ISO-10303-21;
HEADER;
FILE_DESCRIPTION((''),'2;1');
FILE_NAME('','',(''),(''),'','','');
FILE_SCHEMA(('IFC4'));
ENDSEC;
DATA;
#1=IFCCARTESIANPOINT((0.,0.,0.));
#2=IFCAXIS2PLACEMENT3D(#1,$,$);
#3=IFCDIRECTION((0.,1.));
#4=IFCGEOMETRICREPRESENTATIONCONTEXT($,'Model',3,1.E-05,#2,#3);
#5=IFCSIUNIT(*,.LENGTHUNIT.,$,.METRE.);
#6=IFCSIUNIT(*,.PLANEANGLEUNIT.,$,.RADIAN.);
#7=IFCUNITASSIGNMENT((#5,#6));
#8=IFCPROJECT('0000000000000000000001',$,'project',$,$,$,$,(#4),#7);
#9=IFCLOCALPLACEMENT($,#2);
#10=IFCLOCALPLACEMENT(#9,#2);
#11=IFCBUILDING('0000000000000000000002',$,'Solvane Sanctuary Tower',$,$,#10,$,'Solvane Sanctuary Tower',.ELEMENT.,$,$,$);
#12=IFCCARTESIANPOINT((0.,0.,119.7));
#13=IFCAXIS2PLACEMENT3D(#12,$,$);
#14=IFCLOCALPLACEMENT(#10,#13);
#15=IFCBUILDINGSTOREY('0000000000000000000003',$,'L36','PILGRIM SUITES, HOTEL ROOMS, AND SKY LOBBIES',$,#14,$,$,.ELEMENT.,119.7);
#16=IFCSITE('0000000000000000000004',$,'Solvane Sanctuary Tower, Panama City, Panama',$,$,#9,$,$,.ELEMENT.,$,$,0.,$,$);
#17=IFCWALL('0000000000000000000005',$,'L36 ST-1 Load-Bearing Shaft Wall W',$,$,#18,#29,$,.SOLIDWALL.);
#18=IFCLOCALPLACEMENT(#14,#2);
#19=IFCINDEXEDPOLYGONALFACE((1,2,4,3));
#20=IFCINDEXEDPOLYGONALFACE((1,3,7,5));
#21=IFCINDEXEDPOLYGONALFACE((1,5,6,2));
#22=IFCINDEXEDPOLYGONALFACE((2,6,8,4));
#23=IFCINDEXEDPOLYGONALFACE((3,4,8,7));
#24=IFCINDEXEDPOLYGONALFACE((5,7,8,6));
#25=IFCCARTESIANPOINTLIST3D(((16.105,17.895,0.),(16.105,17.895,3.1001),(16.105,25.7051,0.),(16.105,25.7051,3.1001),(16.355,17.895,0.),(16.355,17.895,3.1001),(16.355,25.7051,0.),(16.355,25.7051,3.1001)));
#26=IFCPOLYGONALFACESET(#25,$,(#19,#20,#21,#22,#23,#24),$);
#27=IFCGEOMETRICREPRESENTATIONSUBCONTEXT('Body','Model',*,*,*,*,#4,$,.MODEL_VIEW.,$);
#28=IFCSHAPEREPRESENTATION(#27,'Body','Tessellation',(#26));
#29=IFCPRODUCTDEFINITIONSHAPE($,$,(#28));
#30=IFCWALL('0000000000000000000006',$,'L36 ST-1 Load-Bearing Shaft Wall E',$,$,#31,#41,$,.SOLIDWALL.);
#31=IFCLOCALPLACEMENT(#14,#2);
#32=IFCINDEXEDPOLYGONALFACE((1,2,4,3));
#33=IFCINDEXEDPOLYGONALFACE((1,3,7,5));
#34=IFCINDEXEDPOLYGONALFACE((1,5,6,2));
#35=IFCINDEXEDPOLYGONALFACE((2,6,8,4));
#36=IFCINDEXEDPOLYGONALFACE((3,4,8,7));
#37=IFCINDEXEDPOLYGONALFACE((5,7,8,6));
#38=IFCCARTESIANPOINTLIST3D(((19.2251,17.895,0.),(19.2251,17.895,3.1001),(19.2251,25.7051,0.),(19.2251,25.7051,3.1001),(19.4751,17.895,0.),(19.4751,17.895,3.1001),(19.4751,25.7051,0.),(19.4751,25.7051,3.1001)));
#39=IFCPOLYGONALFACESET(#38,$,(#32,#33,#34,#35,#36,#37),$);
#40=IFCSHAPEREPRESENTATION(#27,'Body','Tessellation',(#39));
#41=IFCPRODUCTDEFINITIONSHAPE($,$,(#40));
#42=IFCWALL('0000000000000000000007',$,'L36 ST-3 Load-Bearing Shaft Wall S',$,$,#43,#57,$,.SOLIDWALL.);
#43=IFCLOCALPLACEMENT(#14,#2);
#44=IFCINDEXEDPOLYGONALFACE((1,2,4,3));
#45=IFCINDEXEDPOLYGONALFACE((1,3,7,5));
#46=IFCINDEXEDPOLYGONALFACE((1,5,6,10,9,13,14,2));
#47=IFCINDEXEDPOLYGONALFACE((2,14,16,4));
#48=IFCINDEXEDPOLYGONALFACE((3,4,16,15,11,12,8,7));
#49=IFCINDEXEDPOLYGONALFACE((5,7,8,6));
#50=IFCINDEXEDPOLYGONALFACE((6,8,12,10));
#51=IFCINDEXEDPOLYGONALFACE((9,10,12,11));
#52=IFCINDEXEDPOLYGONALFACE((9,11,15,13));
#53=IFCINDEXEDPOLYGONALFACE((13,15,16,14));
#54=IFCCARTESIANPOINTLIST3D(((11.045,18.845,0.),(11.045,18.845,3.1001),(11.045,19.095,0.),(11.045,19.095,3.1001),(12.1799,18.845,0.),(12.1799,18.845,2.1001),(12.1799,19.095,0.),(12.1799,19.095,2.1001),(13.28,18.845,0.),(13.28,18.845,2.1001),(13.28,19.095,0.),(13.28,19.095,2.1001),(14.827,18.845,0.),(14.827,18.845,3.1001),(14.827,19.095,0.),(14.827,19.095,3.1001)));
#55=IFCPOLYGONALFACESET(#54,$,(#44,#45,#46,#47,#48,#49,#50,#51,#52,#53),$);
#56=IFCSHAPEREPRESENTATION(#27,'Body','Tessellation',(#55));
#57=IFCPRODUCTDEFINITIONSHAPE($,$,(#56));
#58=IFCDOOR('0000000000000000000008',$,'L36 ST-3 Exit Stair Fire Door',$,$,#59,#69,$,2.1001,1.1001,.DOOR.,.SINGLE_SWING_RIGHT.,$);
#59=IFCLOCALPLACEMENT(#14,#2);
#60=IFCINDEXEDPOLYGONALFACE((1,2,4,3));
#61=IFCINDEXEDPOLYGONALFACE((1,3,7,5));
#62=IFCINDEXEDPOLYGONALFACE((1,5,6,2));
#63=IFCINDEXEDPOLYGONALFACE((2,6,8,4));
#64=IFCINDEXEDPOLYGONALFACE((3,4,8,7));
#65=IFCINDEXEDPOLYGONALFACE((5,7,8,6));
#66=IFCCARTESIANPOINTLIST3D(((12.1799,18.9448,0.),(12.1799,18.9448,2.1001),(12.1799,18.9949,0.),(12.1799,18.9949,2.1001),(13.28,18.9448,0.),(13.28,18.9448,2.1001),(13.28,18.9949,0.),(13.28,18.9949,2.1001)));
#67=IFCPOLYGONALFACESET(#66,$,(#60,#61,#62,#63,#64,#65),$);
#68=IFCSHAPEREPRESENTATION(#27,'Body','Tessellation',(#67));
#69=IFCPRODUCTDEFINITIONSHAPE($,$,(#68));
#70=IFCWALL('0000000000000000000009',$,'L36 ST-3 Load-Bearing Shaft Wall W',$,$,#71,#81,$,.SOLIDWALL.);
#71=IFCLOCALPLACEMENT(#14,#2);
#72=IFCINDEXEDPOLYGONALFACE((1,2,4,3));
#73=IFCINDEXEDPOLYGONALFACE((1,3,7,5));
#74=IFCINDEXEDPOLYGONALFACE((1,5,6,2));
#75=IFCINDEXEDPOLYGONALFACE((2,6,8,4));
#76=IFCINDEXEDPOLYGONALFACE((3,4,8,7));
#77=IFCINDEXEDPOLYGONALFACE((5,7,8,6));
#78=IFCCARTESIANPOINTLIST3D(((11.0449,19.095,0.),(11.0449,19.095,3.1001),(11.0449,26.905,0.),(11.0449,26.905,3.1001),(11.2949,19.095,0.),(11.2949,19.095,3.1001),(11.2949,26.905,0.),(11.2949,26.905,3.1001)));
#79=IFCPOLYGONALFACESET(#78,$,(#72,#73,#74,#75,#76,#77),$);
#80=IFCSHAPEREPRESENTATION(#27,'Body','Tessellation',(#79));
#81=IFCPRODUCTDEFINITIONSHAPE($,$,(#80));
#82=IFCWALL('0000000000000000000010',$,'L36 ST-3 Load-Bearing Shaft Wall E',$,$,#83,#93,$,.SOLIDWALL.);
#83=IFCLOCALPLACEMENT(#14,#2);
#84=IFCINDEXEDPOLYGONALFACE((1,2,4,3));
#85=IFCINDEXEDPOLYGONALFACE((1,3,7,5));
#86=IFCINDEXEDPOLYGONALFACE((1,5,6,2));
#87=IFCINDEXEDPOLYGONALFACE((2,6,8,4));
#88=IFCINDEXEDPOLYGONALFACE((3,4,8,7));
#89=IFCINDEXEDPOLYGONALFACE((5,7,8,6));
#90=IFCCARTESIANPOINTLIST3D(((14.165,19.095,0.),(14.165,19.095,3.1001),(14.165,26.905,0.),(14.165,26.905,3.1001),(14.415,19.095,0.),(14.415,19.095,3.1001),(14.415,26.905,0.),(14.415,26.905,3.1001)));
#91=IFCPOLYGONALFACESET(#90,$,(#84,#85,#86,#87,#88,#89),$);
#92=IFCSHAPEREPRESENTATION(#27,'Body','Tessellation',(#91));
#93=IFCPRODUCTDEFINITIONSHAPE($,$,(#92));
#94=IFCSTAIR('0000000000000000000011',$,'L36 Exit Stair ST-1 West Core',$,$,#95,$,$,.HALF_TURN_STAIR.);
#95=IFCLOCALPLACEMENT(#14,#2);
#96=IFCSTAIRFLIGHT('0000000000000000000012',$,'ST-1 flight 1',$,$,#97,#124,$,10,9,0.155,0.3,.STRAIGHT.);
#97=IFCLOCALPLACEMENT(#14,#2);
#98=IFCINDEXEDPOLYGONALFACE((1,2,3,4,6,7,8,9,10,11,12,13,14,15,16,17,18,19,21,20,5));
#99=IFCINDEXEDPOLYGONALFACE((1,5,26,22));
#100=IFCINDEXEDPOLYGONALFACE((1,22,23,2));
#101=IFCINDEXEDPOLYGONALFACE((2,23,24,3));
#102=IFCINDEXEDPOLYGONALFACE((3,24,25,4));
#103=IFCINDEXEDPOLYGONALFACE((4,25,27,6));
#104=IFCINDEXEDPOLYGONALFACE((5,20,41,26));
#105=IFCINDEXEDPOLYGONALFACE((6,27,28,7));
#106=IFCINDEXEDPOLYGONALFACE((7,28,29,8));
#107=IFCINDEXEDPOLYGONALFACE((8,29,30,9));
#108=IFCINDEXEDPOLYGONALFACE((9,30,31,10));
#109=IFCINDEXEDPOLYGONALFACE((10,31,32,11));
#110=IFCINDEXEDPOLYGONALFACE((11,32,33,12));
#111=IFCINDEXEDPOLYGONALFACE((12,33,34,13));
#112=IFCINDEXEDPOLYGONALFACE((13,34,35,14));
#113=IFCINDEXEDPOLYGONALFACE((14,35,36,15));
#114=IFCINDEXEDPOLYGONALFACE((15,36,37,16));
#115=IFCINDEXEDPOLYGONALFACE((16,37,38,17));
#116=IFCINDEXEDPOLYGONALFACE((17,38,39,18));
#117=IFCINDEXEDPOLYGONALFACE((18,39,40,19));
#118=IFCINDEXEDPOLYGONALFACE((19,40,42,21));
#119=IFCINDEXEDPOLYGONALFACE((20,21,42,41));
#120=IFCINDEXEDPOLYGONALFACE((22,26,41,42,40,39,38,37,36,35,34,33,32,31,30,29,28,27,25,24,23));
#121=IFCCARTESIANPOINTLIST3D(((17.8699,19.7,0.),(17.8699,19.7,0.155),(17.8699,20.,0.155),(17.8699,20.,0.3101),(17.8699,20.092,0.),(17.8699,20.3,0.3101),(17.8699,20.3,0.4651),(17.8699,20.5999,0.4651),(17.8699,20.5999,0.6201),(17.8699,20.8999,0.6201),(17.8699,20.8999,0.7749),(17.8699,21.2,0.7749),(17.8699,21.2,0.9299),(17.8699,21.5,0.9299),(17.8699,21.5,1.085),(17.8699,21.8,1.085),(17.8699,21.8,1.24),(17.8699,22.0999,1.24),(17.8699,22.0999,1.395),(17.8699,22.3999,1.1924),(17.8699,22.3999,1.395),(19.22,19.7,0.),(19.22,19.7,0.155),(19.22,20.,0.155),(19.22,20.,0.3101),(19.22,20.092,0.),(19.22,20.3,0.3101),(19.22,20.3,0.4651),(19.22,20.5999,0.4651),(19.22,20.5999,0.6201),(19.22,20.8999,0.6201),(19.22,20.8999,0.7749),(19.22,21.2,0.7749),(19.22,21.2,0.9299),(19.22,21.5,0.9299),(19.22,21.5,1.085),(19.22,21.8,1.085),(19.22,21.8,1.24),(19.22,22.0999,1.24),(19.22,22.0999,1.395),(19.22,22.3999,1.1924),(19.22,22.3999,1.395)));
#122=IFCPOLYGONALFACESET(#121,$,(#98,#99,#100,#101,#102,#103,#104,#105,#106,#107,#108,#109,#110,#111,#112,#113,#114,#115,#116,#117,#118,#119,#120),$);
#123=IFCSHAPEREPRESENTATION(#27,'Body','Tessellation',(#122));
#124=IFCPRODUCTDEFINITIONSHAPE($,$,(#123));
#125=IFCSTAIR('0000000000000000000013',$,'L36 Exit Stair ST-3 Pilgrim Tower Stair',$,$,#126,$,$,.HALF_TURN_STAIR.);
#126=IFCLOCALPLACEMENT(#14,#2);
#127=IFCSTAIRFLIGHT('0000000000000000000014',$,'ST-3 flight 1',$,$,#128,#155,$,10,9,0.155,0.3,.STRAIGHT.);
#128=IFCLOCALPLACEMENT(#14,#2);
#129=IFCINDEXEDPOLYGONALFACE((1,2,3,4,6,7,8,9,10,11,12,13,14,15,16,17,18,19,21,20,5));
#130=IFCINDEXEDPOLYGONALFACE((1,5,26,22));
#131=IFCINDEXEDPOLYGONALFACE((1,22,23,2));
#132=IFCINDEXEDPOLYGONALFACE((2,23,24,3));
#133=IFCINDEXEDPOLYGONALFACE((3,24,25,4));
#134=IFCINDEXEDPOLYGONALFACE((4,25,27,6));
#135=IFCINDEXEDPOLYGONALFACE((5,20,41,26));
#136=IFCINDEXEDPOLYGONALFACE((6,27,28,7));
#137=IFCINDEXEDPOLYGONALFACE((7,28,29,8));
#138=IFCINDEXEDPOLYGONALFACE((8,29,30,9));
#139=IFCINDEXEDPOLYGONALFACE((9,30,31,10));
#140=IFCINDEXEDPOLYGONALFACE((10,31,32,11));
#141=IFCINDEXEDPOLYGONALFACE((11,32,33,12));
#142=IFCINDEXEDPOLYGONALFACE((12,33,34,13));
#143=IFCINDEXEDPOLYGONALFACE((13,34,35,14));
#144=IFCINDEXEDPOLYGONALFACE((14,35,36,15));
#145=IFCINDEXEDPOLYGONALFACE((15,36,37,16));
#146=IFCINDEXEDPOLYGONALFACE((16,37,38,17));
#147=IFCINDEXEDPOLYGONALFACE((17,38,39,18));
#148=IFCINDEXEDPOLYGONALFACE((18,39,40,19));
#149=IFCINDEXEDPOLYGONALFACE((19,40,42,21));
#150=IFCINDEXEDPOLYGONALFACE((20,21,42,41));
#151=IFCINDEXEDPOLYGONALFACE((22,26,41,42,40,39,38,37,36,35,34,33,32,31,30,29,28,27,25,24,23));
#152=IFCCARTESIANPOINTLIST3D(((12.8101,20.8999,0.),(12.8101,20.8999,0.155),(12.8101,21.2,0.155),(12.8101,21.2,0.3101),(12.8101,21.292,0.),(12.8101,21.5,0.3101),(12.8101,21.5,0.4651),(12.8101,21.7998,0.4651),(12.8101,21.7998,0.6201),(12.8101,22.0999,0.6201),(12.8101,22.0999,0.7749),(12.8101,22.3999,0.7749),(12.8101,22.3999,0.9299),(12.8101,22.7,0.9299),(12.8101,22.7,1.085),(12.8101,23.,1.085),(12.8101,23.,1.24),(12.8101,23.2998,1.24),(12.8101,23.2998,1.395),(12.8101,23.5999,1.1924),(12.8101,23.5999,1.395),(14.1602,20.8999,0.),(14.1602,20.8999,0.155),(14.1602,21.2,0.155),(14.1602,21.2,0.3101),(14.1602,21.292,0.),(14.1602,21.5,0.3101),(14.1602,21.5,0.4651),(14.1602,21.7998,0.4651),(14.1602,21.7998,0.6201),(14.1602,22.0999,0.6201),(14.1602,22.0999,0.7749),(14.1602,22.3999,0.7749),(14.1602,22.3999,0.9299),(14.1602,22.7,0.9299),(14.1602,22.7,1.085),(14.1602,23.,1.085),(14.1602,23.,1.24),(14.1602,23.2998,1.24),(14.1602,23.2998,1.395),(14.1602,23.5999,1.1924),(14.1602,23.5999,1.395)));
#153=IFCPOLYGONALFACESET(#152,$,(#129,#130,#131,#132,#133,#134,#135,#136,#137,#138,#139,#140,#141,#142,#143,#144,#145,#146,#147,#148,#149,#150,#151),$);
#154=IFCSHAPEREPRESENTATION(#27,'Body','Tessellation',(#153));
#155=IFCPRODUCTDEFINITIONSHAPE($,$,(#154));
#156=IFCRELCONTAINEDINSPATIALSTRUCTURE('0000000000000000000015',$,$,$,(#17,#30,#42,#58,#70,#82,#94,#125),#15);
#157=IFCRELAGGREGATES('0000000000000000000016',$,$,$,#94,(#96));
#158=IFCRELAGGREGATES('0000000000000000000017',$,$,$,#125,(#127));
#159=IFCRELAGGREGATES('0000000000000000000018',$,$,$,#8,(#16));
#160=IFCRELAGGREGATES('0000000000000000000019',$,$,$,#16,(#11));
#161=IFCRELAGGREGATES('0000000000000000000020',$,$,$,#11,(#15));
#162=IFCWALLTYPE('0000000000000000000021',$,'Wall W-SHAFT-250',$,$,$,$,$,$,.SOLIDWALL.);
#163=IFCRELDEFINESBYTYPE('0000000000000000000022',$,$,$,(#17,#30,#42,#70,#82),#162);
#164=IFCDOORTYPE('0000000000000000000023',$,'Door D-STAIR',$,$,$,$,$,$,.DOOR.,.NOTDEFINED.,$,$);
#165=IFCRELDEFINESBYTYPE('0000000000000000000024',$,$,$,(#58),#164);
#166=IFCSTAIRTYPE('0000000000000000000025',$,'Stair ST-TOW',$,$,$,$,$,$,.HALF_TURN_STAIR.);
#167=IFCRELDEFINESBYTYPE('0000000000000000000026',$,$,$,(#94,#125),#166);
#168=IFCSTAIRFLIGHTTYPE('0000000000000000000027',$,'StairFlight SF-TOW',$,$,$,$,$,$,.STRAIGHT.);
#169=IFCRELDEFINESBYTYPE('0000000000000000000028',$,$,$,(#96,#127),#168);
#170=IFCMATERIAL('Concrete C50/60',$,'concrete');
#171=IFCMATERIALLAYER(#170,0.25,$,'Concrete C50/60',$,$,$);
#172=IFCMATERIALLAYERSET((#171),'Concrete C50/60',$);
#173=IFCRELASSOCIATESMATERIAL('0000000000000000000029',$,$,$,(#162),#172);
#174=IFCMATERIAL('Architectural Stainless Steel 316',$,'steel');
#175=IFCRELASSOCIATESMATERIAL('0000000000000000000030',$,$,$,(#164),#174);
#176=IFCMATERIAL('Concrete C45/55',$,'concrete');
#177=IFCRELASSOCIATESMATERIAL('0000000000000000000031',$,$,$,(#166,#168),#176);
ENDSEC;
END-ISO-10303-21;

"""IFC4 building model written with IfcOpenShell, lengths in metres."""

from ifc_helpers import new_model, si_unit, direction, frame, frame_2d, origin, place, context, subcontext, project, spatial, polyline, rectangle, outline, extrude, material, layer, layer_set, type_object, element, fill, aggregate, save


model = new_model("IFC4")

# Units and contexts
model_context = context("Model", 3, precision=1e-05, world=origin(), true_north=direction((0.0, 1.0)))
body_context = subcontext(model_context, "Body", "Model", "MODEL_VIEW")
ifc_project = project(units=[si_unit("LENGTHUNIT", "METRE"), si_unit("PLANEANGLEUNIT", "RADIAN")], contexts=[model_context])

# Site, building, storey
site_placement = place(None, origin())
site = spatial("IfcSite", under=ifc_project, at=site_placement, Name="Solvane Sanctuary Tower, Panama City, Panama", CompositionType="ELEMENT", RefElevation=0.0)
building_placement = place(site_placement, origin())
building = spatial("IfcBuilding", under=site, at=building_placement, Name="Solvane Sanctuary Tower", LongName="Solvane Sanctuary Tower", CompositionType="ELEMENT")
storey_placement = place(building_placement, frame((0.0, 0.0, 119.7)))
storey = spatial("IfcBuildingStorey", under=building, at=storey_placement, Name="L36", Description="PILGRIM SUITES, HOTEL ROOMS, AND SKY LOBBIES", CompositionType="ELEMENT", Elevation=119.7)

# Shared definitions
ifc_material_1 = material(Name="Concrete C50/60", Category="concrete")
ifc_layer_1 = layer(ifc_material_1, 0.25, Name="Concrete C50/60")
ifc_layer_set_1 = layer_set([ifc_layer_1], Name="Concrete C50/60")
wall_type_1 = type_object("IfcWallType", Name="Wall W-SHAFT-250", PredefinedType="SOLIDWALL", material=ifc_layer_set_1)
ifc_material_2 = material(Name="Architectural Stainless Steel 316", Category="steel")
door_type_1 = type_object("IfcDoorType", Name="Door D-STAIR", OperationType="NOTDEFINED", PredefinedType="DOOR", material=ifc_material_2)

# Walls
for number, where, z_axis, x_axis, name in (
    (1, (16.23, 17.895, 0.0), (0.0, 0.0, 1.0), (0.0, 1.0, 0.0), "L36 ST-1 Load-Bearing Shaft Wall W"),
    (2, (19.3501, 17.895, 0.0), (0.0, 0.0, 1.0), (0.0, 1.0, 0.0), "L36 ST-1 Load-Bearing Shaft Wall E"),
):
    element("IfcWall", number, at=place(storey_placement, frame(where, z_axis=z_axis, x_axis=x_axis)), inside=storey, type_object=wall_type_1, Name=name, PredefinedType="SOLIDWALL", context=body_context, shape_type="SweptSolid", body=[
        extrude(rectangle(XDim=7.8101, YDim=0.25, at=frame_2d((3.905, 0.0))), origin(), (0.0, 0.0, 1.0), 3.1001),
    ])

# Wall, opening, door
wall_1_placement = place(storey_placement, frame((11.0449, 18.97, 0.0), z_axis=(0.0, 0.0, 1.0), x_axis=(1.0, 0.0, 0.0)))
wall_1 = element("IfcWall", 3, at=wall_1_placement, inside=storey, type_object=wall_type_1, Name="L36 ST-3 Load-Bearing Shaft Wall S", PredefinedType="SOLIDWALL", context=body_context, shape_type="SweptSolid", body=[
    extrude(rectangle(XDim=3.782, YDim=0.25, at=frame_2d((1.8911, 0.0))), origin(), (0.0, 0.0, 1.0), 3.1001),
])
opening_1_placement = place(wall_1_placement, frame((1.135, 0.0, 0.0)))
opening_1 = element("IfcOpeningElement", 4, at=opening_1_placement, cuts=wall_1, PredefinedType="OPENING", context=body_context, shape_type="SweptSolid", body=[
    extrude(rectangle(XDim=1.1001, YDim=2.1001, at=frame_2d((0.55, 1.05))), frame((0.0, 0.135, 0.0), z_axis=(0.0, -1.0, 0.0), x_axis=(1.0, 0.0, 0.0)), (0.0, 0.0, 1.0), 0.27),
])
door_1_placement = place(opening_1_placement, origin())
door_1 = element("IfcDoor", 5, at=door_1_placement, inside=storey, type_object=door_type_1, Name="L36 ST-3 Exit Stair Fire Door", OperationType="SINGLE_SWING_RIGHT", OverallHeight=2.1001, OverallWidth=1.1001, PredefinedType="DOOR", context=body_context, shape_type="SweptSolid", body=[
    extrude(rectangle(XDim=1.1001, YDim=2.1001, at=frame_2d((0.55, 1.05))), frame((0.0, 0.0249, 0.0), z_axis=(0.0, -1.0, 0.0), x_axis=(1.0, 0.0, 0.0)), (0.0, 0.0, 1.0), 0.05),
])
fill(opening_1, door_1)

# Walls
for number, where, z_axis, x_axis, name in (
    (6, (11.1699, 19.095, 0.0), (0.0, 0.0, 1.0), (0.0, 1.0, 0.0), "L36 ST-3 Load-Bearing Shaft Wall W"),
    (7, (14.29, 19.095, 0.0), (0.0, 0.0, 1.0), (0.0, 1.0, 0.0), "L36 ST-3 Load-Bearing Shaft Wall E"),
):
    element("IfcWall", number, at=place(storey_placement, frame(where, z_axis=z_axis, x_axis=x_axis)), inside=storey, type_object=wall_type_1, Name=name, PredefinedType="SOLIDWALL", context=body_context, shape_type="SweptSolid", body=[
        extrude(rectangle(XDim=7.8101, YDim=0.25, at=frame_2d((3.905, 0.0))), origin(), (0.0, 0.0, 1.0), 3.1001),
    ])

# Stairs, stair flights
ifc_material_3 = material(Name="Concrete C45/55", Category="concrete")
stair_type = type_object("IfcStairType", Name="Stair ST-TOW", PredefinedType="HALF_TURN_STAIR", material=ifc_material_3)
stair_1_placement = place(storey_placement, origin())
stair_1 = element("IfcStair", 8, at=stair_1_placement, inside=storey, type_object=stair_type, Name="L36 Exit Stair ST-1 West Core", PredefinedType="HALF_TURN_STAIR")
stair_flight_type = type_object("IfcStairFlightType", Name="StairFlight SF-TOW", PredefinedType="STRAIGHT", material=ifc_material_3)
stair_flight_1_placement = place(storey_placement, frame((18.5449, 19.7, 0.0), z_axis=(0.0, 0.0, 1.0), x_axis=(0.0, 1.0, 0.0)))
stair_flight_1 = element("IfcStairFlight", 9, at=stair_flight_1_placement, type_object=stair_flight_type, Name="ST-1 flight 1", NumberOfRisers=10, NumberOfTreads=9, PredefinedType="STRAIGHT", RiserHeight=0.155, TreadLength=0.3, context=body_context, shape_type="SweptSolid", body=[
    extrude(outline(polyline([(0.0, 0.0), (0.0, 0.155), (0.3, 0.155), (0.3, 0.3101), (0.6001, 0.3101), (0.6001, 0.4651), (0.8999, 0.4651), (0.8999, 0.6201), (1.2, 0.6201), (1.2, 0.7749), (1.5, 0.7749), (1.5, 0.9299), (1.8, 0.9299), (1.8, 1.085), (2.1001, 1.085), (2.1001, 1.24), (2.3999, 1.24), (2.3999, 1.395), (2.7, 1.395), (2.7, 1.55), (2.7, 1.1924), (0.3921, 0.0), (0.0, 0.0)])), frame((0.0, 0.675, 0.0), z_axis=(0.0, -1.0, 0.0), x_axis=(1.0, 0.0, 0.0)), (0.0, 0.0, 1.0), 1.3501),
])
aggregate(stair_1, [stair_flight_1])
stair_2_placement = place(storey_placement, origin())
stair_2 = element("IfcStair", 10, at=stair_2_placement, inside=storey, type_object=stair_type, Name="L36 Exit Stair ST-3 Pilgrim Tower Stair", PredefinedType="HALF_TURN_STAIR")
stair_flight_2_placement = place(storey_placement, frame((13.4851, 20.8999, 0.0), z_axis=(0.0, 0.0, 1.0), x_axis=(0.0, 1.0, 0.0)))
stair_flight_2 = element("IfcStairFlight", 11, at=stair_flight_2_placement, type_object=stair_flight_type, Name="ST-3 flight 1", NumberOfRisers=10, NumberOfTreads=9, PredefinedType="STRAIGHT", RiserHeight=0.155, TreadLength=0.3, context=body_context, shape_type="SweptSolid", body=[
    extrude(outline(polyline([(0.0, 0.0), (0.0, 0.155), (0.3, 0.155), (0.3, 0.3101), (0.6001, 0.3101), (0.6001, 0.4651), (0.8999, 0.4651), (0.8999, 0.6201), (1.2, 0.6201), (1.2, 0.7749), (1.5, 0.7749), (1.5, 0.9299), (1.8, 0.9299), (1.8, 1.085), (2.1001, 1.085), (2.1001, 1.24), (2.3999, 1.24), (2.3999, 1.395), (2.7, 1.395), (2.7, 1.55), (2.7, 1.1924), (0.3921, 0.0), (0.0, 0.0)])), frame((0.0, 0.675, 0.0), z_axis=(0.0, -1.0, 0.0), x_axis=(1.0, 0.0, 0.0)), (0.0, 0.0, 1.0), 1.3501),
])
aggregate(stair_2, [stair_flight_2])

save(model, "model.ifc")
